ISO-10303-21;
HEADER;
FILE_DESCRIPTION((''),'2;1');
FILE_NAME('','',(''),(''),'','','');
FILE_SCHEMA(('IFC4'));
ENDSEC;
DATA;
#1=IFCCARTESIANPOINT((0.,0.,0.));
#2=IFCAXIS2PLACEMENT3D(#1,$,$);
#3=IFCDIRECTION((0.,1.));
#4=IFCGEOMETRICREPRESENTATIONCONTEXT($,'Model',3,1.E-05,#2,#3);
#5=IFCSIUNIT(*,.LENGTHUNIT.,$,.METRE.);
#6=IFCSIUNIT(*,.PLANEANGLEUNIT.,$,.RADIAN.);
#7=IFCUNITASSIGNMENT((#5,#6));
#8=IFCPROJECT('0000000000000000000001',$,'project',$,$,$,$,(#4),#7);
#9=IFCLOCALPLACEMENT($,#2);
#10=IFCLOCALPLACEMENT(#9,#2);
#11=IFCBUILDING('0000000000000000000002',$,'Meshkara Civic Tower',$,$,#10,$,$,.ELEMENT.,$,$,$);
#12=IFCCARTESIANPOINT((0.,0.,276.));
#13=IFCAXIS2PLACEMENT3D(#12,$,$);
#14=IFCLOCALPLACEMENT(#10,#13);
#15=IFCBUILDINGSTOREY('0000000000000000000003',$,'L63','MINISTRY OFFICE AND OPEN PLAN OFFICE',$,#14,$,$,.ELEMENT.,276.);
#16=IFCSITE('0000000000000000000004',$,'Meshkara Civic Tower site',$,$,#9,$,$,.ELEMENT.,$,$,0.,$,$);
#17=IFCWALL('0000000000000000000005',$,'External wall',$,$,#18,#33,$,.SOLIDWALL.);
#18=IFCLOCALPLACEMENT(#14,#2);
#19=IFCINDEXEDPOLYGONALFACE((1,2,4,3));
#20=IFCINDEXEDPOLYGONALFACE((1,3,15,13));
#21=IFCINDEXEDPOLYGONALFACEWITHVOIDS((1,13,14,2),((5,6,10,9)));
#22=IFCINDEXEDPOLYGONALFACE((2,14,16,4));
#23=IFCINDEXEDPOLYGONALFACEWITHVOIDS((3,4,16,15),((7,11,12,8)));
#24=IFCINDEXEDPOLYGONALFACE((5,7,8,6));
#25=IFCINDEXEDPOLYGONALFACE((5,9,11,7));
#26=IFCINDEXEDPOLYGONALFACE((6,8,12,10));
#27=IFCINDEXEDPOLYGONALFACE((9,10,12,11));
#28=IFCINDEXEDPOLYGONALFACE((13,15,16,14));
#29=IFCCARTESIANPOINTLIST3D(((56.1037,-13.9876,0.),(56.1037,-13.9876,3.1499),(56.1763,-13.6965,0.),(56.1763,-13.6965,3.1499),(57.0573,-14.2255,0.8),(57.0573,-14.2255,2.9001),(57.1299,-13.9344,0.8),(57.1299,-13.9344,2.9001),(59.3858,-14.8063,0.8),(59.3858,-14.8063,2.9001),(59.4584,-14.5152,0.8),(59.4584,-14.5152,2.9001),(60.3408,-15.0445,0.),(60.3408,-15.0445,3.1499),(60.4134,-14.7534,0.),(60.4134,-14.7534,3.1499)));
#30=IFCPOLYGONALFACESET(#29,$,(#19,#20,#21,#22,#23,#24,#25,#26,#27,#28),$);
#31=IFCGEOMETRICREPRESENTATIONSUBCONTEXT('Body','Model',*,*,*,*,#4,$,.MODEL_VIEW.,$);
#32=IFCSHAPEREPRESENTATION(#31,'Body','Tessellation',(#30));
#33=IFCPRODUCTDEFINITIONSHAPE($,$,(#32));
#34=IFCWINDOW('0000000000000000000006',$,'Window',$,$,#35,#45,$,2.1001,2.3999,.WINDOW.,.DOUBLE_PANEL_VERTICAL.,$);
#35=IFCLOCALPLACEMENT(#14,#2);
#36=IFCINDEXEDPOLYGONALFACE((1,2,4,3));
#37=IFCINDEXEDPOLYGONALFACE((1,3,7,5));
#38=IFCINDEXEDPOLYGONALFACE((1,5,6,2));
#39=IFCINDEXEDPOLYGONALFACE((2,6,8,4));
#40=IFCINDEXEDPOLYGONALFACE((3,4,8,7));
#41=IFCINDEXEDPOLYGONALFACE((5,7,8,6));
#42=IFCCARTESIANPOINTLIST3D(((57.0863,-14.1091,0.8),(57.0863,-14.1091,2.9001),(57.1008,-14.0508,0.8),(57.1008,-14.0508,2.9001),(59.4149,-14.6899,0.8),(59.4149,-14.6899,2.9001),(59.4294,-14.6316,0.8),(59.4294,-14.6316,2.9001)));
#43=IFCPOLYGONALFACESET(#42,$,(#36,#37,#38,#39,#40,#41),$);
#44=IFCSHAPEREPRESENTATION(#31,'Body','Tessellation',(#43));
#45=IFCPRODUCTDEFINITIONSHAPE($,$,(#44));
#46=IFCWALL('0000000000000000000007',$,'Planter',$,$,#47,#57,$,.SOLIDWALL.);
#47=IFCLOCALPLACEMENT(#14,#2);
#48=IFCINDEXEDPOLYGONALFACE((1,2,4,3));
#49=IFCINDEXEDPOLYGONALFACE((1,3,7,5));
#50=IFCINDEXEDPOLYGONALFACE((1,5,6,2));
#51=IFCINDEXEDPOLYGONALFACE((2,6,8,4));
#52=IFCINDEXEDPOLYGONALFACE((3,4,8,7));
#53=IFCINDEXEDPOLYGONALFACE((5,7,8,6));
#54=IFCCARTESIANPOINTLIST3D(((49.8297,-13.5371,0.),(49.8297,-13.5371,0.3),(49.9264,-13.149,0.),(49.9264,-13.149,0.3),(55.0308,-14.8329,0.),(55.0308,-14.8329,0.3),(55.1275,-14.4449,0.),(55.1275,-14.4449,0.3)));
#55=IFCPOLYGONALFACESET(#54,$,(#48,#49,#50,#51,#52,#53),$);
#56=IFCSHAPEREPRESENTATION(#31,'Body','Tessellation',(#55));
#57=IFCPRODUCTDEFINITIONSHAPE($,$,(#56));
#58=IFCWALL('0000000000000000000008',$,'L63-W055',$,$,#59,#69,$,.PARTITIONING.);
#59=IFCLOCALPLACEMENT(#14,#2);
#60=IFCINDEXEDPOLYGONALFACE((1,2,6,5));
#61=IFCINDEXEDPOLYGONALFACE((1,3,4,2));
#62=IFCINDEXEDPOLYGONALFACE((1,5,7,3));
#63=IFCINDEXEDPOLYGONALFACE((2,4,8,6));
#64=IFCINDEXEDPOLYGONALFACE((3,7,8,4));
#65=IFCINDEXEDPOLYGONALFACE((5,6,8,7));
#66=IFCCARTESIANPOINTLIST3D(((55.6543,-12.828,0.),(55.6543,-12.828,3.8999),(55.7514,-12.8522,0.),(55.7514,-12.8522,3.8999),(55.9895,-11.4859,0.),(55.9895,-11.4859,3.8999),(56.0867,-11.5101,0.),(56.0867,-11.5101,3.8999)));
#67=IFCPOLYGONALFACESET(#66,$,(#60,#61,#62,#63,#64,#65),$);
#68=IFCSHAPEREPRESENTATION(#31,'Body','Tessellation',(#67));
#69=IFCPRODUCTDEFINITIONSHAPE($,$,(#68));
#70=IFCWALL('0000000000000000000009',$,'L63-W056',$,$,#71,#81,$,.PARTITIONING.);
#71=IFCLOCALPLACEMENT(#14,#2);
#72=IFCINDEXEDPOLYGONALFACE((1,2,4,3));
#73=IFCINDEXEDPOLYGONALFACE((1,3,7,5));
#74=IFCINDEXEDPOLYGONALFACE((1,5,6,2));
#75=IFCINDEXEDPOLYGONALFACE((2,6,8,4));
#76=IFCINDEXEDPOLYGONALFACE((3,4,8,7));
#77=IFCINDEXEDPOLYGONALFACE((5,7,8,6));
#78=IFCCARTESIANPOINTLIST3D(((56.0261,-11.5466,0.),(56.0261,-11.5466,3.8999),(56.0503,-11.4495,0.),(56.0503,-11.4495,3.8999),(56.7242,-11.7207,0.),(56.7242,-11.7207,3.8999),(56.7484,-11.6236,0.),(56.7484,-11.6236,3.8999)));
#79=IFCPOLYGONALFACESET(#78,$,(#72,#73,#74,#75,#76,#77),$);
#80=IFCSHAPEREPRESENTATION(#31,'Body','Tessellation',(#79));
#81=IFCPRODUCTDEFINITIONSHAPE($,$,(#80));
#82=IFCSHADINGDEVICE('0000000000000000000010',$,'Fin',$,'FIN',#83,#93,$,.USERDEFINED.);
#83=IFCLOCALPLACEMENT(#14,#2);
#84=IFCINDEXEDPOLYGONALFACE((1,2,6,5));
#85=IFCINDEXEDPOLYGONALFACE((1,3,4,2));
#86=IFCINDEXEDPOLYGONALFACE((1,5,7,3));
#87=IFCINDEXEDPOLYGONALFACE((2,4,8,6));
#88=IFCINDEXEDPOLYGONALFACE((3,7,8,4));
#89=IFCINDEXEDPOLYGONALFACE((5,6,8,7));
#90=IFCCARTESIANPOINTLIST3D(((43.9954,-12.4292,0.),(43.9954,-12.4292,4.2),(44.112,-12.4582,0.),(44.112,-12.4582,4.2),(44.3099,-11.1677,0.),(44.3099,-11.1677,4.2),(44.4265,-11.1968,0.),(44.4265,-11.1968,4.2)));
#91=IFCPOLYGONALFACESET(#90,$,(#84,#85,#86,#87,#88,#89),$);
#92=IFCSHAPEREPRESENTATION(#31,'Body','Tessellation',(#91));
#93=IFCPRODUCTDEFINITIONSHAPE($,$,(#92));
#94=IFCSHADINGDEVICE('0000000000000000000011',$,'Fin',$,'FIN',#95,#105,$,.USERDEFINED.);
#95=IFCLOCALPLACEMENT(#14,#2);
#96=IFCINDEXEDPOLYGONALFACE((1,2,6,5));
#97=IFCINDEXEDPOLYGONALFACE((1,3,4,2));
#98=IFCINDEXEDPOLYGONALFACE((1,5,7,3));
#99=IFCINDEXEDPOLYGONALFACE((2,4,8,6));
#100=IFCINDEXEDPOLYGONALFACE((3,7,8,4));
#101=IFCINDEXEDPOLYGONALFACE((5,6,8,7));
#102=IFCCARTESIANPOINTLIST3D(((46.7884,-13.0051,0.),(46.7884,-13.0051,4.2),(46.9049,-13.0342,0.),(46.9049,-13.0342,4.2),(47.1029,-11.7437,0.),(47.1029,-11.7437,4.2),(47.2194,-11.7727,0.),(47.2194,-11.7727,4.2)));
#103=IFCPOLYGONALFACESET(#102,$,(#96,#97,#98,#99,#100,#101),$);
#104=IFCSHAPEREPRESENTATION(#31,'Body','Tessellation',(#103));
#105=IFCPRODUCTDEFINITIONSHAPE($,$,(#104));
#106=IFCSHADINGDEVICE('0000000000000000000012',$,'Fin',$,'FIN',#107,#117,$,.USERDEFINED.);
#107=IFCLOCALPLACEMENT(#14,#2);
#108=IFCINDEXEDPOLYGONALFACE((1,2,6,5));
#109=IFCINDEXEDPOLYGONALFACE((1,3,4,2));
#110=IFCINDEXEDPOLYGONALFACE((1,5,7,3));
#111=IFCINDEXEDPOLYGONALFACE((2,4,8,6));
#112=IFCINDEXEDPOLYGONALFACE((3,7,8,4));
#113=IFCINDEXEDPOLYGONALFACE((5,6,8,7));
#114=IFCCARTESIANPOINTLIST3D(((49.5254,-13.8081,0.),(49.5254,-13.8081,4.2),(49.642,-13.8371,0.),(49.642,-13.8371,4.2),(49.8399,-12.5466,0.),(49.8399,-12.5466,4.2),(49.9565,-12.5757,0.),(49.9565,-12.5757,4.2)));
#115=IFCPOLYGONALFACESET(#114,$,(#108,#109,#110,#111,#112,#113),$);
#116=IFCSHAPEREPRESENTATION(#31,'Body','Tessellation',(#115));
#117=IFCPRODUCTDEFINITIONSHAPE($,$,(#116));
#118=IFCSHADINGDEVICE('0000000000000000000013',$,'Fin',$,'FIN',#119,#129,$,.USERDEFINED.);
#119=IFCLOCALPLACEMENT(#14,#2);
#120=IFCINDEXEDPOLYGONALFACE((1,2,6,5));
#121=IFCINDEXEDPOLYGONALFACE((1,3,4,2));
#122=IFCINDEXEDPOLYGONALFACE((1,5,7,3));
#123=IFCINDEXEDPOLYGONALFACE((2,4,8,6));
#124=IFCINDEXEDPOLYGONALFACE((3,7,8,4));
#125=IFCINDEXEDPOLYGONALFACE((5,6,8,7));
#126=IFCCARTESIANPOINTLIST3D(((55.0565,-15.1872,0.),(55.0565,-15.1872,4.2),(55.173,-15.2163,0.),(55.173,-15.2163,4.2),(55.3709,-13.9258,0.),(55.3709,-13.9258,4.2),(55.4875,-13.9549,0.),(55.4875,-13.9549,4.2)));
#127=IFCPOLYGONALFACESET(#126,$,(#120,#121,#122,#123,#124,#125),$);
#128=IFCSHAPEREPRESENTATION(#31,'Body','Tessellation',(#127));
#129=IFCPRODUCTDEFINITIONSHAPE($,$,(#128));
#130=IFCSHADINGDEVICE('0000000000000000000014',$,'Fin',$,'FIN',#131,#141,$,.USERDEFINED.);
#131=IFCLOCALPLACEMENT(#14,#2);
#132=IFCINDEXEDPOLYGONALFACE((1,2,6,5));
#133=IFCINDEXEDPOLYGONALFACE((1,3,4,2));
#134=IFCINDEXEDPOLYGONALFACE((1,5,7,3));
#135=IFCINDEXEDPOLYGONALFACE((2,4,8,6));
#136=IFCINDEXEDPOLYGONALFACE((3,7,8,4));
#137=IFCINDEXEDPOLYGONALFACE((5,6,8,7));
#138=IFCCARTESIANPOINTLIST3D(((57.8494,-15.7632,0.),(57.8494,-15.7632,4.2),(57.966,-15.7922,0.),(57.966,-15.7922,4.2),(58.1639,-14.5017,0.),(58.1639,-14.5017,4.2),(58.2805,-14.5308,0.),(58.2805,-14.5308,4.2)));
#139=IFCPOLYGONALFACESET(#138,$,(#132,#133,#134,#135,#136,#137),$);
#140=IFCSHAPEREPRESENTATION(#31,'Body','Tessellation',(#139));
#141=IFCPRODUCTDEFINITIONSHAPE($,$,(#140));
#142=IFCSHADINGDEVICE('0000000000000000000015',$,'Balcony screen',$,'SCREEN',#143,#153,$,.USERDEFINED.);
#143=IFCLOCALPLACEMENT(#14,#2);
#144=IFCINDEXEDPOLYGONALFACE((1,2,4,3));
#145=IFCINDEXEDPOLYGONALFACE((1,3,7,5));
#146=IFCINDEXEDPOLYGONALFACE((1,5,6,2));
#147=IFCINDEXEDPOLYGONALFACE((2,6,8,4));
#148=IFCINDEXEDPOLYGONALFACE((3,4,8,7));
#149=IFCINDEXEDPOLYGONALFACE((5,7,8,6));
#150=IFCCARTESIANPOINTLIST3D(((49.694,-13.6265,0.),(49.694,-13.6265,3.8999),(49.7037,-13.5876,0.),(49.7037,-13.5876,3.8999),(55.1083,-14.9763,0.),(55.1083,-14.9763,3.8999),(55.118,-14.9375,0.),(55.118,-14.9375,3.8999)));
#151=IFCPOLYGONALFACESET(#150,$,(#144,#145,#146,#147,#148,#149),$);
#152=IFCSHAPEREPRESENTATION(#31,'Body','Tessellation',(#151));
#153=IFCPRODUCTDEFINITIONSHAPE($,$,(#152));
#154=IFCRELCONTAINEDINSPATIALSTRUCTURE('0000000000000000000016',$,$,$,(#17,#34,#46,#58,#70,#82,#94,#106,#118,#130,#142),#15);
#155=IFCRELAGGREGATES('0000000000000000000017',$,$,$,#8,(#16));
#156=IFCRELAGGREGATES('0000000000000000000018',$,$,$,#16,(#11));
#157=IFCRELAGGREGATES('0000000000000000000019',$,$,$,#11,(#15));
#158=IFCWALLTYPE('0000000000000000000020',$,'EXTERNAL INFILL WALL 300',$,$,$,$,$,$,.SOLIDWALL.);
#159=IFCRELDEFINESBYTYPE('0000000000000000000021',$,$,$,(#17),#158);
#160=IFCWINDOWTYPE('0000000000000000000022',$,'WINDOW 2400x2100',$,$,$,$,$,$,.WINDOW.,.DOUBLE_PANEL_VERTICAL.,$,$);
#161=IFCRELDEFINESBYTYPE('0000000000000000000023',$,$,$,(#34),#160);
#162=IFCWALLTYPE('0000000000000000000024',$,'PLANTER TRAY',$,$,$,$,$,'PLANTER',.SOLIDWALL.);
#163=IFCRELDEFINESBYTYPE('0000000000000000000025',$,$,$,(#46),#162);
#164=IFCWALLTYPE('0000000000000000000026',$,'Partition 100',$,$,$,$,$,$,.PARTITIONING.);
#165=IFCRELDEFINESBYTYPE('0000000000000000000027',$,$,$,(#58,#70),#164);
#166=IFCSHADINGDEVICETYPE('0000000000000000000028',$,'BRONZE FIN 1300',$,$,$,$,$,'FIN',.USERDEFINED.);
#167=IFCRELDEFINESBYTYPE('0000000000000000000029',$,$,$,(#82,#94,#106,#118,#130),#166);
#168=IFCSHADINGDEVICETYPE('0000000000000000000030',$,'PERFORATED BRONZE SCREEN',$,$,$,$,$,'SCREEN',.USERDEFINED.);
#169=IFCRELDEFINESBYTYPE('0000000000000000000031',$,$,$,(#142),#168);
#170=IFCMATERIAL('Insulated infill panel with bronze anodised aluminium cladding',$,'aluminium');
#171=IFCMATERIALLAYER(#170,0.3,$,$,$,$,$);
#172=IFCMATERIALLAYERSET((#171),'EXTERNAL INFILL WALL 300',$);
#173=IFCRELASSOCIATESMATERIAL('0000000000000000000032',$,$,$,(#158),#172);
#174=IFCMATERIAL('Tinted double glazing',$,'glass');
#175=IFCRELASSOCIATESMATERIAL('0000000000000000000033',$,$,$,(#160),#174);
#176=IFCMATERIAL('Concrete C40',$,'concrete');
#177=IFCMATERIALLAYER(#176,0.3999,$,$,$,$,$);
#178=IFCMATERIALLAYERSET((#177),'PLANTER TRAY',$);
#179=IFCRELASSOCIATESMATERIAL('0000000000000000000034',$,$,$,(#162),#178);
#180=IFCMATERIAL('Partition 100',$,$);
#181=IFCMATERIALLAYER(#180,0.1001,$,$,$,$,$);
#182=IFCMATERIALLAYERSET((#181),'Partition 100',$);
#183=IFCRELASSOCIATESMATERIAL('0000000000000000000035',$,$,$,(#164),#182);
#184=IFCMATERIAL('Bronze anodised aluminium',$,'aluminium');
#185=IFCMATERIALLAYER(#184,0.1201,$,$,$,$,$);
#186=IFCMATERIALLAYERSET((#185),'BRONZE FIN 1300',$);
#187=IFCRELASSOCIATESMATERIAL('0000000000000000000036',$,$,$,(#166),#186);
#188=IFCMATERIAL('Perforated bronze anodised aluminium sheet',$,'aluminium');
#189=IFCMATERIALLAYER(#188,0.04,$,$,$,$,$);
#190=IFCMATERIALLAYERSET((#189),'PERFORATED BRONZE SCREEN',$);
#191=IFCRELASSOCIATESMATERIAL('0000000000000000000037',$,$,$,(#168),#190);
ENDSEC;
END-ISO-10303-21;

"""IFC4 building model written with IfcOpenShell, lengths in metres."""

from ifc_helpers import new_model, si_unit, direction, frame, frame_2d, origin, origin_2d, place, context, subcontext, project, spatial, rectangle, extrude, material, layer, layer_set, type_object, element, fill, save


model = new_model("IFC4")

# Units and contexts
model_context = context("Model", 3, precision=1e-05, world=origin(), true_north=direction((0.0, 1.0)))
body_context = subcontext(model_context, "Body", "Model", "MODEL_VIEW")
ifc_project = project(units=[si_unit("LENGTHUNIT", "METRE"), si_unit("PLANEANGLEUNIT", "RADIAN")], contexts=[model_context])

# Site, building, storey
site_placement = place(None, origin())
site = spatial("IfcSite", under=ifc_project, at=site_placement, Name="Meshkara Civic Tower site", CompositionType="ELEMENT", RefElevation=0.0)
building_placement = place(site_placement, origin())
building = spatial("IfcBuilding", under=site, at=building_placement, Name="Meshkara Civic Tower", CompositionType="ELEMENT")
storey_placement = place(building_placement, frame((0.0, 0.0, 276.0)))
storey = spatial("IfcBuildingStorey", under=building, at=storey_placement, Name="L63", Description="MINISTRY OFFICE AND OPEN PLAN OFFICE", CompositionType="ELEMENT", Elevation=276.0)

# Wall, opening, window
ifc_material_1 = material(Name="Insulated infill panel with bronze anodised aluminium cladding", Category="aluminium")
ifc_layer_1 = layer(ifc_material_1, 0.3)
ifc_layer_set_1 = layer_set([ifc_layer_1], Name="EXTERNAL INFILL WALL 300")
wall_type_1 = type_object("IfcWallType", Name="EXTERNAL INFILL WALL 300", PredefinedType="SOLIDWALL", material=ifc_layer_set_1)
ifc_material_2 = material(Name="Tinted double glazing", Category="glass")
window_type = type_object("IfcWindowType", Name="WINDOW 2400x2100", PartitioningType="DOUBLE_PANEL_VERTICAL", PredefinedType="WINDOW", material=ifc_material_2)
wall_1_placement = place(storey_placement, frame((56.1399, -13.842, 0.0), z_axis=(0.0, 0.0, 1.0), x_axis=(0.970271, -0.242023, 0.0)))
wall_1 = element("IfcWall", 1, at=wall_1_placement, inside=storey, type_object=wall_type_1, Name="External wall", PredefinedType="SOLIDWALL", context=body_context, shape_type="SweptSolid", body=[
    extrude(rectangle(XDim=4.3669, YDim=0.3, at=frame_2d((2.1836, 0.0))), origin(), (0.0, 0.0, 1.0), 3.1499),
])
opening_1_placement = place(wall_1_placement, frame((0.9829, 0.0, 0.8)))
opening_1 = element("IfcOpeningElement", 2, at=opening_1_placement, cuts=wall_1, PredefinedType="OPENING", context=body_context, shape_type="SweptSolid", body=[
    extrude(rectangle(XDim=2.3999, YDim=2.1001, at=frame_2d((1.2, 1.05))), frame((0.0, 0.1599, 0.0), z_axis=(0.0, -1.0, 0.0), x_axis=(1.0, 0.0, 0.0)), (0.0, 0.0, 1.0), 0.3201),
])
window_1_placement = place(opening_1_placement, origin())
window_1 = element("IfcWindow", 3, at=window_1_placement, inside=storey, type_object=window_type, Name="Window", OverallHeight=2.1001, OverallWidth=2.3999, PartitioningType="DOUBLE_PANEL_VERTICAL", PredefinedType="WINDOW", context=body_context, shape_type="SweptSolid", body=[
    extrude(rectangle(XDim=2.3999, YDim=2.1001, at=frame_2d((1.2, 1.05))), frame((0.0, 0.03, 0.0), z_axis=(0.0, -1.0, 0.0), x_axis=(1.0, 0.0, 0.0)), (0.0, 0.0, 1.0), 0.0601),
])
fill(opening_1, window_1)

# Walls
ifc_material_3 = material(Name="Concrete C40", Category="concrete")
ifc_layer_2 = layer(ifc_material_3, 0.3999)
ifc_layer_set_2 = layer_set([ifc_layer_2], Name="PLANTER TRAY")
wall_type_2 = type_object("IfcWallType", Name="PLANTER TRAY", ElementType="PLANTER", PredefinedType="SOLIDWALL", material=ifc_layer_set_2)
wall_2_placement = place(storey_placement, frame((49.8779, -13.343, 0.0), z_axis=(0.0, 0.0, 1.0), x_axis=(0.970335, -0.241764, 0.0)))
element("IfcWall", 4, at=wall_2_placement, inside=storey, type_object=wall_type_2, Name="Planter", PredefinedType="SOLIDWALL", context=body_context, shape_type="SweptSolid", body=[
    extrude(rectangle(XDim=5.3601, YDim=0.3999, at=frame_2d((2.6802, 0.0))), origin(), (0.0, 0.0, 1.0), 0.3),
])
ifc_material_4 = material(Name="Partition 100")
ifc_layer_3 = layer(ifc_material_4, 0.1001)
ifc_layer_set_3 = layer_set([ifc_layer_3], Name="Partition 100")
wall_type_3 = type_object("IfcWallType", Name="Partition 100", PredefinedType="PARTITIONING", material=ifc_layer_set_3)
wall_3_placement = place(storey_placement, frame((55.7029, -12.8401, 0.0), z_axis=(0.0, 0.0, 1.0), x_axis=(0.242328, 0.970194, 0.0)))
element("IfcWall", 5, at=wall_3_placement, inside=storey, type_object=wall_type_3, Name="L63-W055", PredefinedType="PARTITIONING", context=body_context, shape_type="SweptSolid", body=[
    extrude(rectangle(XDim=1.3833, YDim=0.1001, at=frame_2d((0.6917, 0.0))), origin(), (0.0, 0.0, 1.0), 3.8999),
])
wall_4_placement = place(storey_placement, frame((56.0381, -11.498, 0.0), z_axis=(0.0, 0.0, 1.0), x_axis=(0.970282, -0.241977, 0.0)))
element("IfcWall", 6, at=wall_4_placement, inside=storey, type_object=wall_type_3, Name="L63-W056", PredefinedType="PARTITIONING", context=body_context, shape_type="SweptSolid", body=[
    extrude(rectangle(XDim=0.7195, YDim=0.1001, at=frame_2d((0.3599, 0.0))), origin(), (0.0, 0.0, 1.0), 3.8999),
])

# Shading devices
ifc_material_5 = material(Name="Bronze anodised aluminium", Category="aluminium")
ifc_layer_4 = layer(ifc_material_5, 0.1201)
ifc_layer_set_4 = layer_set([ifc_layer_4], Name="BRONZE FIN 1300")
shading_device_type_1 = type_object("IfcShadingDeviceType", Name="BRONZE FIN 1300", ElementType="FIN", PredefinedType="USERDEFINED", material=ifc_layer_set_4)
for number, where, z_axis, x_axis, name in (
    (7, (44.2109, -11.813, 0.0), (0.0, 0.0, 1.0), (0.9703, -0.241905, 0.0), "Fin"),
    (8, (47.0039, -12.3889, 0.0), (0.0, 0.0, 1.0), (0.9703, -0.241905, 0.0), "Fin"),
    (9, (49.741, -13.1919, 0.0), (0.0, 0.0, 1.0), (0.9703, -0.241905, 0.0), "Fin"),
    (10, (55.272, -14.571, 0.0), (0.0, 0.0, 1.0), (0.9703, -0.241905, 0.0), "Fin"),
    (11, (58.0649, -15.147, 0.0), (0.0, 0.0, 1.0), (0.9703, -0.241905, 0.0), "Fin"),
):
    element("IfcShadingDevice", number, at=place(storey_placement, frame(where, z_axis=z_axis, x_axis=x_axis)), inside=storey, type_object=shading_device_type_1, Name=name, ObjectType="FIN", PredefinedType="USERDEFINED", context=body_context, shape_type="SweptSolid", body=[
        extrude(rectangle(XDim=0.1201, YDim=1.3, at=origin_2d()), origin(), (0.0, 0.0, 1.0), 4.2),
    ])
ifc_material_6 = material(Name="Perforated bronze anodised aluminium sheet", Category="aluminium")
ifc_layer_5 = layer(ifc_material_6, 0.04)
ifc_layer_set_5 = layer_set([ifc_layer_5], Name="PERFORATED BRONZE SCREEN")
shading_device_type_2 = type_object("IfcShadingDeviceType", Name="PERFORATED BRONZE SCREEN", ElementType="SCREEN", PredefinedType="USERDEFINED", material=ifc_layer_set_5)
shading_device_placement = place(storey_placement, frame((52.406, -14.282, 0.0), z_axis=(0.0, 0.0, 1.0), x_axis=(0.9703, -0.241905, 0.0)))
element("IfcShadingDevice", 12, at=shading_device_placement, inside=storey, type_object=shading_device_type_2, Name="Balcony screen", ObjectType="SCREEN", PredefinedType="USERDEFINED", context=body_context, shape_type="SweptSolid", body=[
    extrude(rectangle(XDim=5.5801, YDim=0.04, at=origin_2d()), origin(), (0.0, 0.0, 1.0), 3.8999),
])

save(model, "model.ifc")
